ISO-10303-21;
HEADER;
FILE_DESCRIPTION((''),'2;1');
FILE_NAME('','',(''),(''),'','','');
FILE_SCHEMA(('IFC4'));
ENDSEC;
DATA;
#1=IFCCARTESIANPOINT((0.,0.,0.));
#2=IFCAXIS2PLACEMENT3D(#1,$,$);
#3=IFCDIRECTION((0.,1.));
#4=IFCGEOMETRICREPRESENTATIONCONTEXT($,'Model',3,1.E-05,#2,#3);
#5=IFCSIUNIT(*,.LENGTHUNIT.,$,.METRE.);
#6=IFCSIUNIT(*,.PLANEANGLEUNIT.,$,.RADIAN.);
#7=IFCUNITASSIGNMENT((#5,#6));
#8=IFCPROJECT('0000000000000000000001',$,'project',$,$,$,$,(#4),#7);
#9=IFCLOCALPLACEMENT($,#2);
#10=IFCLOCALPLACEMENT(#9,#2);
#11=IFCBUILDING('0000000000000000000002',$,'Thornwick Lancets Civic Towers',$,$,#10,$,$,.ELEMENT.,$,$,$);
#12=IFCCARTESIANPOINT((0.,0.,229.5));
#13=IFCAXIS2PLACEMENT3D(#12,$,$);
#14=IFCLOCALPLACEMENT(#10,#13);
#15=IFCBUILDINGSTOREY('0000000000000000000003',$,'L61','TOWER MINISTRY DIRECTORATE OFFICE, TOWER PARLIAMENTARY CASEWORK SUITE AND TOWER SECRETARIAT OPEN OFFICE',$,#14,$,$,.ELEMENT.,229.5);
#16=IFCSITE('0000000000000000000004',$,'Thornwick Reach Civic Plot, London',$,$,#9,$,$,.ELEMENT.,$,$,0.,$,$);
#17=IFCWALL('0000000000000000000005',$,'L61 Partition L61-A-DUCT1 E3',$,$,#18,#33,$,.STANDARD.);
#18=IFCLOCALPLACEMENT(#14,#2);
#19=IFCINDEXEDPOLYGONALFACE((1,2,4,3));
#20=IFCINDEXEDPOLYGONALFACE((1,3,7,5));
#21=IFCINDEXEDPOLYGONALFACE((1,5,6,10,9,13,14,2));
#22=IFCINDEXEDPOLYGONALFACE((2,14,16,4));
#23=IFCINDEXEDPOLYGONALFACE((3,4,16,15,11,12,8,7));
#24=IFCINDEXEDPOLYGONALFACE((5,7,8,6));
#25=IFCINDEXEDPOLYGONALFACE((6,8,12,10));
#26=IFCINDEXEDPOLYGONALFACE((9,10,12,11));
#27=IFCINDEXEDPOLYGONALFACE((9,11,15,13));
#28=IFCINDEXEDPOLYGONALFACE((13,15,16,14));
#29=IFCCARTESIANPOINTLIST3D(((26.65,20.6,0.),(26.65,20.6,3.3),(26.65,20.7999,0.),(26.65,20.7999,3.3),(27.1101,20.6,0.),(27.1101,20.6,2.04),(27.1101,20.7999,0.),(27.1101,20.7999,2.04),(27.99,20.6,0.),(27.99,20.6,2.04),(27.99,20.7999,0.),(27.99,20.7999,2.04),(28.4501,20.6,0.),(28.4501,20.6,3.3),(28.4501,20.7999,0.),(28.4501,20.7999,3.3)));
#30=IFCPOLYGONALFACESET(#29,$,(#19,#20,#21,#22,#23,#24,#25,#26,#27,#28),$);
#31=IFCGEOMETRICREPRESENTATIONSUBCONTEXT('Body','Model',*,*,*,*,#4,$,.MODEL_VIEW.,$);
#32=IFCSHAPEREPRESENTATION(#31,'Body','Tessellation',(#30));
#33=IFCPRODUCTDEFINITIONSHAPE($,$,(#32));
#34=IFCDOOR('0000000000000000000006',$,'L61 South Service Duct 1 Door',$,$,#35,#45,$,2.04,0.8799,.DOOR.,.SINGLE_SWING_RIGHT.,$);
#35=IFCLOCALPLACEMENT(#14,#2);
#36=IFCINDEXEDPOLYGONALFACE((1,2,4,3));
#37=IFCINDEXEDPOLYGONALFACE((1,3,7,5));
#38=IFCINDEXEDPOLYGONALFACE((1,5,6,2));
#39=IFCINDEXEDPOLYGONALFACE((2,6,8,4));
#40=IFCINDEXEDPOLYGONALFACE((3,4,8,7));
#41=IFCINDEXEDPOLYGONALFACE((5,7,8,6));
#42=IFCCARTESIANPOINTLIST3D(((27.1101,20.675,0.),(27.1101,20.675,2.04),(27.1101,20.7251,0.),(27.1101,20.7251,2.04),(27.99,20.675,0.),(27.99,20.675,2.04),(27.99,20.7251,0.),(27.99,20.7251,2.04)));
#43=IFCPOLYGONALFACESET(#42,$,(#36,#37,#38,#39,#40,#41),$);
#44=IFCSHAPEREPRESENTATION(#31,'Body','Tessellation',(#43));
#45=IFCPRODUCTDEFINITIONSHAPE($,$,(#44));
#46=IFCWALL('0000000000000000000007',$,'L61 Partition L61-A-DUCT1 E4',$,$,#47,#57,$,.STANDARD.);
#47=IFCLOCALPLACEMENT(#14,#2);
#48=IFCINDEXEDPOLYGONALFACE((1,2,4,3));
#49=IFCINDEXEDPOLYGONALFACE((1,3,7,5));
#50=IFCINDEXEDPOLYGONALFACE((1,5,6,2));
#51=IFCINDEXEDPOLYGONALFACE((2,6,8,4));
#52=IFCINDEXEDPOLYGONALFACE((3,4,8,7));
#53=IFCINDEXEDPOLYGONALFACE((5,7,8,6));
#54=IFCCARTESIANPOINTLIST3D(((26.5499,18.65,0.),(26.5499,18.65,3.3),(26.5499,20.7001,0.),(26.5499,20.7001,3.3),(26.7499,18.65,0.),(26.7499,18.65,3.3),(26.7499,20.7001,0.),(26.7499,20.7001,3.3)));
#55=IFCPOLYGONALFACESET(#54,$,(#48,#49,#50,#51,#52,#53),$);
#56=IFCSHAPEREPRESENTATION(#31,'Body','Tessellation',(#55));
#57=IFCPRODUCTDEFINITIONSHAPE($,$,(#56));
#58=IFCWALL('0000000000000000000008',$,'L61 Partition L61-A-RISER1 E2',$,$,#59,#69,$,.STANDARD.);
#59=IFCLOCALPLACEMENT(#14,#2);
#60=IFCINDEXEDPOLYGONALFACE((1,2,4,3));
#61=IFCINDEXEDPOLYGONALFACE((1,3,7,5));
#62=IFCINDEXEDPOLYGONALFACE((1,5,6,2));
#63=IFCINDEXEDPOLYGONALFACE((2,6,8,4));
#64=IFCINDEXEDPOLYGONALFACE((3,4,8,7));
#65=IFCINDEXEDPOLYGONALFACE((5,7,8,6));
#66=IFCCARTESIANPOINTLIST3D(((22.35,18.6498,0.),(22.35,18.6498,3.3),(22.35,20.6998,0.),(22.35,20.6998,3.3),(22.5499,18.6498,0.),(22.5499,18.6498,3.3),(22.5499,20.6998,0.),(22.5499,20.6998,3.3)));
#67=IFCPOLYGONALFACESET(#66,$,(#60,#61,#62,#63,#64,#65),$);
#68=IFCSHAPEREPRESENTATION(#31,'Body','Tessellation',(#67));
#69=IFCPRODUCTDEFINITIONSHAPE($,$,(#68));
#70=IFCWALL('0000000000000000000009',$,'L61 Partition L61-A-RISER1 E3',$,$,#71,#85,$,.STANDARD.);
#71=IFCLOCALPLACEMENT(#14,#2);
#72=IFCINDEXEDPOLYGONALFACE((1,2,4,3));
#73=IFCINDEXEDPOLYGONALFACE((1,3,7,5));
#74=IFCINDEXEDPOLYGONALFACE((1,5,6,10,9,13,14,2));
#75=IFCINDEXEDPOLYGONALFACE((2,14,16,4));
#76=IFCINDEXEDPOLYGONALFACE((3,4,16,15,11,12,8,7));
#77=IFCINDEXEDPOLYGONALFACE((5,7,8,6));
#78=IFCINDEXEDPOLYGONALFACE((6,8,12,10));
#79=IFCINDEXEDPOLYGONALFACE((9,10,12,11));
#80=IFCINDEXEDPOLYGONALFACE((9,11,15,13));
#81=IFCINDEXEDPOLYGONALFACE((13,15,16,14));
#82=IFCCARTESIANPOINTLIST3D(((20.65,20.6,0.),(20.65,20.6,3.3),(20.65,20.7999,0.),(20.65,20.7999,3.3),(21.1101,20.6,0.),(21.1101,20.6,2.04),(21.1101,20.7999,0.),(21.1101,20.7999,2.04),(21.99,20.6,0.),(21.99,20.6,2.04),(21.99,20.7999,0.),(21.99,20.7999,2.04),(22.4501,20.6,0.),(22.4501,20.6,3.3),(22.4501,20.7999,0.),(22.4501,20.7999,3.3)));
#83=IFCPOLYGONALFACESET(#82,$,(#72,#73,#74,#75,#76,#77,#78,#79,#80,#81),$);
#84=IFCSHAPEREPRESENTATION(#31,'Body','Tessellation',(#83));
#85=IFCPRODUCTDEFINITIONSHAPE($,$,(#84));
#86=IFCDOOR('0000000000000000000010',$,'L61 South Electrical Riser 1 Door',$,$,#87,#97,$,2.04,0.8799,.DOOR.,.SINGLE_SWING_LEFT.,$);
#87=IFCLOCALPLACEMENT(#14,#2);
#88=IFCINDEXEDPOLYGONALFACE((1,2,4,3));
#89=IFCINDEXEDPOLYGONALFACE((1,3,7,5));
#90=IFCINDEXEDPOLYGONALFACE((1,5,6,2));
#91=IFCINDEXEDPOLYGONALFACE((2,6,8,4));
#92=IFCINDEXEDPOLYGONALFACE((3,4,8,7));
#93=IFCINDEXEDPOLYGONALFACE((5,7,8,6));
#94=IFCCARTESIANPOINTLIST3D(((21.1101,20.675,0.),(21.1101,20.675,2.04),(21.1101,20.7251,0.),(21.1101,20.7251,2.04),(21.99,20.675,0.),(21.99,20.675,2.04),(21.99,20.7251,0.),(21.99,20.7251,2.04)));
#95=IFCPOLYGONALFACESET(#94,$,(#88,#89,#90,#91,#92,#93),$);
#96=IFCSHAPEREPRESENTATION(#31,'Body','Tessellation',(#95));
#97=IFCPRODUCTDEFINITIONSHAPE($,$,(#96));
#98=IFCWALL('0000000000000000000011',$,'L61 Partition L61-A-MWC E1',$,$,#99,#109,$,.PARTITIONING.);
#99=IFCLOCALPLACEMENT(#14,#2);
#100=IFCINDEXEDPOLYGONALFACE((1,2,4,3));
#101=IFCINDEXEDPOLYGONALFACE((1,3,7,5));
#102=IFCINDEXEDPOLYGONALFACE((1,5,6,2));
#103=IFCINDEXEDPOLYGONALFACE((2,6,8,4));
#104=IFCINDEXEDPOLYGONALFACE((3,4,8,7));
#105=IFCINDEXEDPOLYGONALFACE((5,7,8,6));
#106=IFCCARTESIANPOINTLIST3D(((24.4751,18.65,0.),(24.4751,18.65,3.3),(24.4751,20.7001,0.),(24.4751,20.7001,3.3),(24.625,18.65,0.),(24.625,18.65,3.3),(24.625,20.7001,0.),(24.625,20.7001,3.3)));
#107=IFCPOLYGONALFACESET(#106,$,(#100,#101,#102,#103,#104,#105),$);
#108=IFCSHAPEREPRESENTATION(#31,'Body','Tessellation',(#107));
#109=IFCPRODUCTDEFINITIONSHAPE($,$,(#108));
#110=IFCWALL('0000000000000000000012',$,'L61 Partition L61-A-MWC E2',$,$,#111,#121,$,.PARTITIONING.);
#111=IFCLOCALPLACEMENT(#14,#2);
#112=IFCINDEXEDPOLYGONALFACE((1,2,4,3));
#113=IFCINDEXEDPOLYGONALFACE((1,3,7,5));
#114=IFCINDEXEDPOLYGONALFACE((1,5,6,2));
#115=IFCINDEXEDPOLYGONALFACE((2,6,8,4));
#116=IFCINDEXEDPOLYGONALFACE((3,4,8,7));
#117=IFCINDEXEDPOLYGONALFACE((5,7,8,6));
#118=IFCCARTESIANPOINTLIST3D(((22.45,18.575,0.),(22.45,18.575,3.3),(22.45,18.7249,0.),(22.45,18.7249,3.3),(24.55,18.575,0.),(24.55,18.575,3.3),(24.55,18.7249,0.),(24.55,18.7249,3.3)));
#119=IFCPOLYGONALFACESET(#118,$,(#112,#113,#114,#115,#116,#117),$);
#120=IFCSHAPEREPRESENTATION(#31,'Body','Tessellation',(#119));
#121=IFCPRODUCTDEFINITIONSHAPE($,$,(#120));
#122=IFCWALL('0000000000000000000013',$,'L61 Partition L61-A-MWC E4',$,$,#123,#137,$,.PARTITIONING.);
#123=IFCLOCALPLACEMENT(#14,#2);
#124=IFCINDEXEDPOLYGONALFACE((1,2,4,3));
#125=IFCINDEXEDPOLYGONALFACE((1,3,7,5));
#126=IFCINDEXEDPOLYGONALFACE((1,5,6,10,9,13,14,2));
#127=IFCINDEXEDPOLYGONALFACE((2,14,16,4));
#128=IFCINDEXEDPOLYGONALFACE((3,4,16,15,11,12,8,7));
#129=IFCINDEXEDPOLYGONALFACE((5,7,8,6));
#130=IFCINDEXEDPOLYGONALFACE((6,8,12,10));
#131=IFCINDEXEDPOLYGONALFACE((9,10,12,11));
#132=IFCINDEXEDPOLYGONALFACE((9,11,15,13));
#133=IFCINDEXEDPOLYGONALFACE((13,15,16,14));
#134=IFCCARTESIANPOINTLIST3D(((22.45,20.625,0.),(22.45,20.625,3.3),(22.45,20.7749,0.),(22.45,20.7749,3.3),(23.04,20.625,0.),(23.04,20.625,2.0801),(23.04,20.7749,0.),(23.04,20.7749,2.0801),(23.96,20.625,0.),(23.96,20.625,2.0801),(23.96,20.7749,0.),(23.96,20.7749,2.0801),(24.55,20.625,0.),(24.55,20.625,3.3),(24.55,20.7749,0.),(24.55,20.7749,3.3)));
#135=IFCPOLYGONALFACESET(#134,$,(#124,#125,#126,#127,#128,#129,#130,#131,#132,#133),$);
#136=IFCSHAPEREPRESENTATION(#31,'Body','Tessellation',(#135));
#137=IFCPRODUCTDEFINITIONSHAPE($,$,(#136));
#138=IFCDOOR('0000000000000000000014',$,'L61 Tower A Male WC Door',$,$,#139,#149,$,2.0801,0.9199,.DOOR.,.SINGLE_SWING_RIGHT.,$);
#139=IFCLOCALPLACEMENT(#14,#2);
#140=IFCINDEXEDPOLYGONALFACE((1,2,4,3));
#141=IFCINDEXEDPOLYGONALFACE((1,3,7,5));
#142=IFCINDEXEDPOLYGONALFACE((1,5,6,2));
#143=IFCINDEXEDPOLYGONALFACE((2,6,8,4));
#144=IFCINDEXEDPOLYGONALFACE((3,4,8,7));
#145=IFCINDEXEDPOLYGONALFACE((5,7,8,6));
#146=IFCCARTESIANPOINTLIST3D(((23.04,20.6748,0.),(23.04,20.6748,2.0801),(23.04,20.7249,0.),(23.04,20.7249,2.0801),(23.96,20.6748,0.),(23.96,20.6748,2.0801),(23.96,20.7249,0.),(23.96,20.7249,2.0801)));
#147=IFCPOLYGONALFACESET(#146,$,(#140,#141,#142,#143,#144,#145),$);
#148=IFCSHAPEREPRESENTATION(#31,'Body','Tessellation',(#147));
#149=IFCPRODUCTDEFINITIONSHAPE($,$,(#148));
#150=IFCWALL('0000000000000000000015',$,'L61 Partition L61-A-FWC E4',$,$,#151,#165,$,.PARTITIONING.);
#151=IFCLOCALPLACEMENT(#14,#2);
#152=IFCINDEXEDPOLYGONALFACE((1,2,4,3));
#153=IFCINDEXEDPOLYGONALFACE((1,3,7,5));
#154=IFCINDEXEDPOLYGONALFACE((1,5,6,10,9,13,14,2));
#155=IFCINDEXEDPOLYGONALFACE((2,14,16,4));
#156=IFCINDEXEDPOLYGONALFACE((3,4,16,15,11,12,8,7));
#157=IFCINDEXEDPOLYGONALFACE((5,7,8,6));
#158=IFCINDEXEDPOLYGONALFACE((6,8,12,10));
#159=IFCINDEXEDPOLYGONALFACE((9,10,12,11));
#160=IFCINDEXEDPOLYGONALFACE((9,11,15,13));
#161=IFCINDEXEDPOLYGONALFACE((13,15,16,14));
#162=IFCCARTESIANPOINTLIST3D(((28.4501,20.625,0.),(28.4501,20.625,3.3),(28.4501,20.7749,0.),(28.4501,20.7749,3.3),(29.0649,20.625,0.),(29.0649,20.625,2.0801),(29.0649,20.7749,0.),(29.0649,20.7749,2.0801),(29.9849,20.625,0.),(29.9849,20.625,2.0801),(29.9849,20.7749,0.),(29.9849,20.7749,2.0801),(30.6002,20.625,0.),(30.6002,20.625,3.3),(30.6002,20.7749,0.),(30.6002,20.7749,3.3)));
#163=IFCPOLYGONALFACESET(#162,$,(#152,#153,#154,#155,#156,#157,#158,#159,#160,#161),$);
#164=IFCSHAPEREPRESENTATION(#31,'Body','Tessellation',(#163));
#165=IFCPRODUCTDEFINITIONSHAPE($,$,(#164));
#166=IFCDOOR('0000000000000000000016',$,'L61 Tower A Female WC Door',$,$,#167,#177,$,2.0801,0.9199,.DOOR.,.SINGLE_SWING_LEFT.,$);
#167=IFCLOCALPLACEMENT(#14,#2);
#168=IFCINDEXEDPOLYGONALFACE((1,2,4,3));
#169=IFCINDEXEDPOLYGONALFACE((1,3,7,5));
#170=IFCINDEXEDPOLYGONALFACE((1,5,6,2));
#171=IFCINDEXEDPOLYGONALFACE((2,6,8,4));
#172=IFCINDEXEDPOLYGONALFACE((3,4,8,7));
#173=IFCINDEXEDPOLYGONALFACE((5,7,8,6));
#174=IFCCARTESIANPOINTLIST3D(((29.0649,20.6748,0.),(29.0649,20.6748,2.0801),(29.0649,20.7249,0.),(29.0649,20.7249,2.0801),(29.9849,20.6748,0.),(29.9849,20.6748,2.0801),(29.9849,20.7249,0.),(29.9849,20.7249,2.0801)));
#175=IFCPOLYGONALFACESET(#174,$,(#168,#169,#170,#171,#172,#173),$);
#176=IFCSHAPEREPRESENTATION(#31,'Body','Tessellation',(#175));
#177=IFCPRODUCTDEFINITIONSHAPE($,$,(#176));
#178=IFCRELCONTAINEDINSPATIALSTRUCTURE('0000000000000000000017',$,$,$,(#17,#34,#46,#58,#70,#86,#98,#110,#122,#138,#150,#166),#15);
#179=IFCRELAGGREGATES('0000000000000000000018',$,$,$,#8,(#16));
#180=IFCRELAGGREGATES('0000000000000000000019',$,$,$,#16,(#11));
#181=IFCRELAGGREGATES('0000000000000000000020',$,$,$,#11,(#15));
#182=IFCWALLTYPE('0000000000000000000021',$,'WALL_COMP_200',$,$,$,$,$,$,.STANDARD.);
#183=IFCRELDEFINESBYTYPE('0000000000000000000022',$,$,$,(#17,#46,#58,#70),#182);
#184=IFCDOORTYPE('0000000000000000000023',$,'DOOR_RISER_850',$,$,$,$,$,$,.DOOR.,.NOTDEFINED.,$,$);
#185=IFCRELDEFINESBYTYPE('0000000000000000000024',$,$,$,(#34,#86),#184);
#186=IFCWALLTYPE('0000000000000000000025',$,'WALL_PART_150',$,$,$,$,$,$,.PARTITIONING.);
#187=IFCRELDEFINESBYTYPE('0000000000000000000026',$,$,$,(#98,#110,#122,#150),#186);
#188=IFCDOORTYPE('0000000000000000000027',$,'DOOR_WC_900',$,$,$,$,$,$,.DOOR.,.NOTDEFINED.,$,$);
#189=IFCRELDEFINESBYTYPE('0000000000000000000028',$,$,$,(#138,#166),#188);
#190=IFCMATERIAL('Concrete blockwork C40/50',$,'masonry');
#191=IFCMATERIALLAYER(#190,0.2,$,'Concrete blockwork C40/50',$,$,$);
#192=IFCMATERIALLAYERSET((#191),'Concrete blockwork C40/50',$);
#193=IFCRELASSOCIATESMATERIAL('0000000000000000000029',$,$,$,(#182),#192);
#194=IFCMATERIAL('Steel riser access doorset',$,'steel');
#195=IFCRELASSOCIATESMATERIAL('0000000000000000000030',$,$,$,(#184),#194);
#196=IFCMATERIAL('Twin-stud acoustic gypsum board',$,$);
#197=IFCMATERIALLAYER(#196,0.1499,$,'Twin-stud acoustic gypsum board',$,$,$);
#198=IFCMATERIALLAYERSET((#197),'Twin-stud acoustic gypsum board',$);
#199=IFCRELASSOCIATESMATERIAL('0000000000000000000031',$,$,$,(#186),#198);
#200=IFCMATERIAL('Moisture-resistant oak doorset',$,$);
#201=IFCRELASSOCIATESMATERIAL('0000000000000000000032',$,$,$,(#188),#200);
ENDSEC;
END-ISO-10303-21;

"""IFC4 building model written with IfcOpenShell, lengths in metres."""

from ifc_helpers import new_model, si_unit, direction, frame, frame_2d, origin, place, context, subcontext, project, spatial, rectangle, extrude, material, layer, layer_set, type_object, element, fill, save


model = new_model("IFC4")

# Units and contexts
model_context = context("Model", 3, precision=1e-05, world=origin(), true_north=direction((0.0, 1.0)))
body_context = subcontext(model_context, "Body", "Model", "MODEL_VIEW")
ifc_project = project(units=[si_unit("LENGTHUNIT", "METRE"), si_unit("PLANEANGLEUNIT", "RADIAN")], contexts=[model_context])

# Site, building, storey
site_placement = place(None, origin())
site = spatial("IfcSite", under=ifc_project, at=site_placement, Name="Thornwick Reach Civic Plot, London", CompositionType="ELEMENT", RefElevation=0.0)
building_placement = place(site_placement, origin())
building = spatial("IfcBuilding", under=site, at=building_placement, Name="Thornwick Lancets Civic Towers", CompositionType="ELEMENT")
storey_placement = place(building_placement, frame((0.0, 0.0, 229.5)))
storey = spatial("IfcBuildingStorey", under=building, at=storey_placement, Name="L61", Description="TOWER MINISTRY DIRECTORATE OFFICE, TOWER PARLIAMENTARY CASEWORK SUITE AND TOWER SECRETARIAT OPEN OFFICE", CompositionType="ELEMENT", Elevation=229.5)

# Shared definitions
ifc_material_1 = material(Name="Concrete blockwork C40/50", Category="masonry")
ifc_layer_1 = layer(ifc_material_1, 0.2, Name="Concrete blockwork C40/50")
ifc_layer_set_1 = layer_set([ifc_layer_1], Name="Concrete blockwork C40/50")
wall_type_1 = type_object("IfcWallType", Name="WALL_COMP_200", PredefinedType="STANDARD", material=ifc_layer_set_1)

# Wall, opening, door
wall_1_placement = place(storey_placement, frame((28.45, 20.7, 0.0), z_axis=(0.0, 0.0, 1.0), x_axis=(-1.0, 0.0, 0.0)))
wall_1 = element("IfcWall", 1, at=wall_1_placement, inside=storey, type_object=wall_type_1, Name="L61 Partition L61-A-DUCT1 E3", PredefinedType="STANDARD", context=body_context, shape_type="SweptSolid", body=[
    extrude(rectangle(XDim=1.8, YDim=0.2, at=frame_2d((0.8999, 0.0))), origin(), (0.0, 0.0, 1.0), 3.3),
])
opening_1_placement = place(wall_1_placement, frame((0.46, 0.0, 0.0)))
opening_1 = element("IfcOpeningElement", 2, at=opening_1_placement, cuts=wall_1, PredefinedType="OPENING", context=body_context, shape_type="SweptSolid", body=[
    extrude(rectangle(XDim=0.8799, YDim=2.04, at=frame_2d((0.4399, 1.02))), frame((0.0, 0.1099, 0.0), z_axis=(0.0, -1.0, 0.0), x_axis=(1.0, 0.0, 0.0)), (0.0, 0.0, 1.0), 0.22),
])
ifc_material_2 = material(Name="Steel riser access doorset", Category="steel")
door_type_1 = type_object("IfcDoorType", Name="DOOR_RISER_850", OperationType="NOTDEFINED", PredefinedType="DOOR", material=ifc_material_2)
door_1_placement = place(opening_1_placement, origin())
door_1 = element("IfcDoor", 3, at=door_1_placement, inside=storey, type_object=door_type_1, Name="L61 South Service Duct 1 Door", OperationType="SINGLE_SWING_RIGHT", OverallHeight=2.04, OverallWidth=0.8799, PredefinedType="DOOR", context=body_context, shape_type="SweptSolid", body=[
    extrude(rectangle(XDim=0.8799, YDim=2.04, at=frame_2d((0.4399, 1.02))), frame((0.0, 0.0249, 0.0), z_axis=(0.0, -1.0, 0.0), x_axis=(1.0, 0.0, 0.0)), (0.0, 0.0, 1.0), 0.05),
])
fill(opening_1, door_1)

# Walls
for number, where, z_axis, x_axis, name in (
    (4, (26.6499, 20.7, 0.0), (0.0, 0.0, 1.0), (0.0, -1.0, 0.0), "L61 Partition L61-A-DUCT1 E4"),
    (5, (22.45, 18.6499, 0.0), (0.0, 0.0, 1.0), (0.0, 1.0, 0.0), "L61 Partition L61-A-RISER1 E2"),
):
    element("IfcWall", number, at=place(storey_placement, frame(where, z_axis=z_axis, x_axis=x_axis)), inside=storey, type_object=wall_type_1, Name=name, PredefinedType="STANDARD", context=body_context, shape_type="SweptSolid", body=[
        extrude(rectangle(XDim=2.05, YDim=0.2, at=frame_2d((1.0249, 0.0))), origin(), (0.0, 0.0, 1.0), 3.3),
    ])

# Wall, opening, door
wall_2_placement = place(storey_placement, frame((22.45, 20.7, 0.0), z_axis=(0.0, 0.0, 1.0), x_axis=(-1.0, 0.0, 0.0)))
wall_2 = element("IfcWall", 6, at=wall_2_placement, inside=storey, type_object=wall_type_1, Name="L61 Partition L61-A-RISER1 E3", PredefinedType="STANDARD", context=body_context, shape_type="SweptSolid", body=[
    extrude(rectangle(XDim=1.8, YDim=0.2, at=frame_2d((0.8999, 0.0))), origin(), (0.0, 0.0, 1.0), 3.3),
])
opening_2_placement = place(wall_2_placement, frame((0.46, 0.0, 0.0)))
opening_2 = element("IfcOpeningElement", 7, at=opening_2_placement, cuts=wall_2, PredefinedType="OPENING", context=body_context, shape_type="SweptSolid", body=[
    extrude(rectangle(XDim=0.8799, YDim=2.04, at=frame_2d((0.4399, 1.02))), frame((0.0, 0.1099, 0.0), z_axis=(0.0, -1.0, 0.0), x_axis=(1.0, 0.0, 0.0)), (0.0, 0.0, 1.0), 0.22),
])
door_2_placement = place(opening_2_placement, origin())
door_2 = element("IfcDoor", 8, at=door_2_placement, inside=storey, type_object=door_type_1, Name="L61 South Electrical Riser 1 Door", OperationType="SINGLE_SWING_LEFT", OverallHeight=2.04, OverallWidth=0.8799, PredefinedType="DOOR", context=body_context, shape_type="SweptSolid", body=[
    extrude(rectangle(XDim=0.8799, YDim=2.04, at=frame_2d((0.4399, 1.02))), frame((0.0, 0.0249, 0.0), z_axis=(0.0, -1.0, 0.0), x_axis=(1.0, 0.0, 0.0)), (0.0, 0.0, 1.0), 0.05),
])
fill(opening_2, door_2)

# Walls
ifc_material_3 = material(Name="Twin-stud acoustic gypsum board")
ifc_layer_2 = layer(ifc_material_3, 0.1499, Name="Twin-stud acoustic gypsum board")
ifc_layer_set_2 = layer_set([ifc_layer_2], Name="Twin-stud acoustic gypsum board")
wall_type_2 = type_object("IfcWallType", Name="WALL_PART_150", PredefinedType="PARTITIONING", material=ifc_layer_set_2)
wall_3_placement = place(storey_placement, frame((24.55, 20.7, 0.0), z_axis=(0.0, 0.0, 1.0), x_axis=(0.0, -1.0, 0.0)))
element("IfcWall", 9, at=wall_3_placement, inside=storey, type_object=wall_type_2, Name="L61 Partition L61-A-MWC E1", PredefinedType="PARTITIONING", context=body_context, shape_type="SweptSolid", body=[
    extrude(rectangle(XDim=2.05, YDim=0.1499, at=frame_2d((1.0249, 0.0))), origin(), (0.0, 0.0, 1.0), 3.3),
])
wall_4_placement = place(storey_placement, frame((24.55, 18.6499, 0.0), z_axis=(0.0, 0.0, 1.0), x_axis=(-1.0, 0.0, 0.0)))
element("IfcWall", 10, at=wall_4_placement, inside=storey, type_object=wall_type_2, Name="L61 Partition L61-A-MWC E2", PredefinedType="PARTITIONING", context=body_context, shape_type="SweptSolid", body=[
    extrude(rectangle(XDim=2.1001, YDim=0.1499, at=frame_2d((1.05, 0.0))), origin(), (0.0, 0.0, 1.0), 3.3),
])

# Walls, openings, doors
wall_5_placement = place(storey_placement, frame((22.45, 20.7, 0.0), z_axis=(0.0, 0.0, 1.0), x_axis=(1.0, 0.0, 0.0)))
wall_5 = element("IfcWall", 11, at=wall_5_placement, inside=storey, type_object=wall_type_2, Name="L61 Partition L61-A-MWC E4", PredefinedType="PARTITIONING", context=body_context, shape_type="SweptSolid", body=[
    extrude(rectangle(XDim=2.1001, YDim=0.1499, at=frame_2d((1.05, 0.0))), origin(), (0.0, 0.0, 1.0), 3.3),
])
opening_3_placement = place(wall_5_placement, frame((0.5901, 0.0, 0.0)))
opening_3 = element("IfcOpeningElement", 12, at=opening_3_placement, cuts=wall_5, PredefinedType="OPENING", context=body_context, shape_type="SweptSolid", body=[
    extrude(rectangle(XDim=0.9199, YDim=2.0801, at=frame_2d((0.46, 1.04))), frame((0.0, 0.085, 0.0), z_axis=(0.0, -1.0, 0.0), x_axis=(1.0, 0.0, 0.0)), (0.0, 0.0, 1.0), 0.1699),
])
ifc_material_4 = material(Name="Moisture-resistant oak doorset")
door_type_2 = type_object("IfcDoorType", Name="DOOR_WC_900", OperationType="NOTDEFINED", PredefinedType="DOOR", material=ifc_material_4)
door_3_placement = place(opening_3_placement, origin())
door_3 = element("IfcDoor", 13, at=door_3_placement, inside=storey, type_object=door_type_2, Name="L61 Tower A Male WC Door", OperationType="SINGLE_SWING_RIGHT", OverallHeight=2.0801, OverallWidth=0.9199, PredefinedType="DOOR", context=body_context, shape_type="SweptSolid", body=[
    extrude(rectangle(XDim=0.9199, YDim=2.0801, at=frame_2d((0.46, 1.04))), frame((0.0, 0.0249, 0.0), z_axis=(0.0, -1.0, 0.0), x_axis=(1.0, 0.0, 0.0)), (0.0, 0.0, 1.0), 0.05),
])
fill(opening_3, door_3)
wall_6_placement = place(storey_placement, frame((28.45, 20.7, 0.0), z_axis=(0.0, 0.0, 1.0), x_axis=(1.0, 0.0, 0.0)))
wall_6 = element("IfcWall", 14, at=wall_6_placement, inside=storey, type_object=wall_type_2, Name="L61 Partition L61-A-FWC E4", PredefinedType="PARTITIONING", context=body_context, shape_type="SweptSolid", body=[
    extrude(rectangle(XDim=2.1501, YDim=0.1499, at=frame_2d((1.0752, 0.0))), origin(), (0.0, 0.0, 1.0), 3.3),
])
opening_4_placement = place(wall_6_placement, frame((0.615, 0.0, 0.0)))
opening_4 = element("IfcOpeningElement", 15, at=opening_4_placement, cuts=wall_6, PredefinedType="OPENING", context=body_context, shape_type="SweptSolid", body=[
    extrude(rectangle(XDim=0.9199, YDim=2.0801, at=frame_2d((0.46, 1.04))), frame((0.0, 0.085, 0.0), z_axis=(0.0, -1.0, 0.0), x_axis=(1.0, 0.0, 0.0)), (0.0, 0.0, 1.0), 0.1699),
])
door_4_placement = place(opening_4_placement, origin())
door_4 = element("IfcDoor", 16, at=door_4_placement, inside=storey, type_object=door_type_2, Name="L61 Tower A Female WC Door", OperationType="SINGLE_SWING_LEFT", OverallHeight=2.0801, OverallWidth=0.9199, PredefinedType="DOOR", context=body_context, shape_type="SweptSolid", body=[
    extrude(rectangle(XDim=0.9199, YDim=2.0801, at=frame_2d((0.46, 1.04))), frame((0.0, 0.0249, 0.0), z_axis=(0.0, -1.0, 0.0), x_axis=(1.0, 0.0, 0.0)), (0.0, 0.0, 1.0), 0.05),
])
fill(opening_4, door_4)

save(model, "model.ifc")
